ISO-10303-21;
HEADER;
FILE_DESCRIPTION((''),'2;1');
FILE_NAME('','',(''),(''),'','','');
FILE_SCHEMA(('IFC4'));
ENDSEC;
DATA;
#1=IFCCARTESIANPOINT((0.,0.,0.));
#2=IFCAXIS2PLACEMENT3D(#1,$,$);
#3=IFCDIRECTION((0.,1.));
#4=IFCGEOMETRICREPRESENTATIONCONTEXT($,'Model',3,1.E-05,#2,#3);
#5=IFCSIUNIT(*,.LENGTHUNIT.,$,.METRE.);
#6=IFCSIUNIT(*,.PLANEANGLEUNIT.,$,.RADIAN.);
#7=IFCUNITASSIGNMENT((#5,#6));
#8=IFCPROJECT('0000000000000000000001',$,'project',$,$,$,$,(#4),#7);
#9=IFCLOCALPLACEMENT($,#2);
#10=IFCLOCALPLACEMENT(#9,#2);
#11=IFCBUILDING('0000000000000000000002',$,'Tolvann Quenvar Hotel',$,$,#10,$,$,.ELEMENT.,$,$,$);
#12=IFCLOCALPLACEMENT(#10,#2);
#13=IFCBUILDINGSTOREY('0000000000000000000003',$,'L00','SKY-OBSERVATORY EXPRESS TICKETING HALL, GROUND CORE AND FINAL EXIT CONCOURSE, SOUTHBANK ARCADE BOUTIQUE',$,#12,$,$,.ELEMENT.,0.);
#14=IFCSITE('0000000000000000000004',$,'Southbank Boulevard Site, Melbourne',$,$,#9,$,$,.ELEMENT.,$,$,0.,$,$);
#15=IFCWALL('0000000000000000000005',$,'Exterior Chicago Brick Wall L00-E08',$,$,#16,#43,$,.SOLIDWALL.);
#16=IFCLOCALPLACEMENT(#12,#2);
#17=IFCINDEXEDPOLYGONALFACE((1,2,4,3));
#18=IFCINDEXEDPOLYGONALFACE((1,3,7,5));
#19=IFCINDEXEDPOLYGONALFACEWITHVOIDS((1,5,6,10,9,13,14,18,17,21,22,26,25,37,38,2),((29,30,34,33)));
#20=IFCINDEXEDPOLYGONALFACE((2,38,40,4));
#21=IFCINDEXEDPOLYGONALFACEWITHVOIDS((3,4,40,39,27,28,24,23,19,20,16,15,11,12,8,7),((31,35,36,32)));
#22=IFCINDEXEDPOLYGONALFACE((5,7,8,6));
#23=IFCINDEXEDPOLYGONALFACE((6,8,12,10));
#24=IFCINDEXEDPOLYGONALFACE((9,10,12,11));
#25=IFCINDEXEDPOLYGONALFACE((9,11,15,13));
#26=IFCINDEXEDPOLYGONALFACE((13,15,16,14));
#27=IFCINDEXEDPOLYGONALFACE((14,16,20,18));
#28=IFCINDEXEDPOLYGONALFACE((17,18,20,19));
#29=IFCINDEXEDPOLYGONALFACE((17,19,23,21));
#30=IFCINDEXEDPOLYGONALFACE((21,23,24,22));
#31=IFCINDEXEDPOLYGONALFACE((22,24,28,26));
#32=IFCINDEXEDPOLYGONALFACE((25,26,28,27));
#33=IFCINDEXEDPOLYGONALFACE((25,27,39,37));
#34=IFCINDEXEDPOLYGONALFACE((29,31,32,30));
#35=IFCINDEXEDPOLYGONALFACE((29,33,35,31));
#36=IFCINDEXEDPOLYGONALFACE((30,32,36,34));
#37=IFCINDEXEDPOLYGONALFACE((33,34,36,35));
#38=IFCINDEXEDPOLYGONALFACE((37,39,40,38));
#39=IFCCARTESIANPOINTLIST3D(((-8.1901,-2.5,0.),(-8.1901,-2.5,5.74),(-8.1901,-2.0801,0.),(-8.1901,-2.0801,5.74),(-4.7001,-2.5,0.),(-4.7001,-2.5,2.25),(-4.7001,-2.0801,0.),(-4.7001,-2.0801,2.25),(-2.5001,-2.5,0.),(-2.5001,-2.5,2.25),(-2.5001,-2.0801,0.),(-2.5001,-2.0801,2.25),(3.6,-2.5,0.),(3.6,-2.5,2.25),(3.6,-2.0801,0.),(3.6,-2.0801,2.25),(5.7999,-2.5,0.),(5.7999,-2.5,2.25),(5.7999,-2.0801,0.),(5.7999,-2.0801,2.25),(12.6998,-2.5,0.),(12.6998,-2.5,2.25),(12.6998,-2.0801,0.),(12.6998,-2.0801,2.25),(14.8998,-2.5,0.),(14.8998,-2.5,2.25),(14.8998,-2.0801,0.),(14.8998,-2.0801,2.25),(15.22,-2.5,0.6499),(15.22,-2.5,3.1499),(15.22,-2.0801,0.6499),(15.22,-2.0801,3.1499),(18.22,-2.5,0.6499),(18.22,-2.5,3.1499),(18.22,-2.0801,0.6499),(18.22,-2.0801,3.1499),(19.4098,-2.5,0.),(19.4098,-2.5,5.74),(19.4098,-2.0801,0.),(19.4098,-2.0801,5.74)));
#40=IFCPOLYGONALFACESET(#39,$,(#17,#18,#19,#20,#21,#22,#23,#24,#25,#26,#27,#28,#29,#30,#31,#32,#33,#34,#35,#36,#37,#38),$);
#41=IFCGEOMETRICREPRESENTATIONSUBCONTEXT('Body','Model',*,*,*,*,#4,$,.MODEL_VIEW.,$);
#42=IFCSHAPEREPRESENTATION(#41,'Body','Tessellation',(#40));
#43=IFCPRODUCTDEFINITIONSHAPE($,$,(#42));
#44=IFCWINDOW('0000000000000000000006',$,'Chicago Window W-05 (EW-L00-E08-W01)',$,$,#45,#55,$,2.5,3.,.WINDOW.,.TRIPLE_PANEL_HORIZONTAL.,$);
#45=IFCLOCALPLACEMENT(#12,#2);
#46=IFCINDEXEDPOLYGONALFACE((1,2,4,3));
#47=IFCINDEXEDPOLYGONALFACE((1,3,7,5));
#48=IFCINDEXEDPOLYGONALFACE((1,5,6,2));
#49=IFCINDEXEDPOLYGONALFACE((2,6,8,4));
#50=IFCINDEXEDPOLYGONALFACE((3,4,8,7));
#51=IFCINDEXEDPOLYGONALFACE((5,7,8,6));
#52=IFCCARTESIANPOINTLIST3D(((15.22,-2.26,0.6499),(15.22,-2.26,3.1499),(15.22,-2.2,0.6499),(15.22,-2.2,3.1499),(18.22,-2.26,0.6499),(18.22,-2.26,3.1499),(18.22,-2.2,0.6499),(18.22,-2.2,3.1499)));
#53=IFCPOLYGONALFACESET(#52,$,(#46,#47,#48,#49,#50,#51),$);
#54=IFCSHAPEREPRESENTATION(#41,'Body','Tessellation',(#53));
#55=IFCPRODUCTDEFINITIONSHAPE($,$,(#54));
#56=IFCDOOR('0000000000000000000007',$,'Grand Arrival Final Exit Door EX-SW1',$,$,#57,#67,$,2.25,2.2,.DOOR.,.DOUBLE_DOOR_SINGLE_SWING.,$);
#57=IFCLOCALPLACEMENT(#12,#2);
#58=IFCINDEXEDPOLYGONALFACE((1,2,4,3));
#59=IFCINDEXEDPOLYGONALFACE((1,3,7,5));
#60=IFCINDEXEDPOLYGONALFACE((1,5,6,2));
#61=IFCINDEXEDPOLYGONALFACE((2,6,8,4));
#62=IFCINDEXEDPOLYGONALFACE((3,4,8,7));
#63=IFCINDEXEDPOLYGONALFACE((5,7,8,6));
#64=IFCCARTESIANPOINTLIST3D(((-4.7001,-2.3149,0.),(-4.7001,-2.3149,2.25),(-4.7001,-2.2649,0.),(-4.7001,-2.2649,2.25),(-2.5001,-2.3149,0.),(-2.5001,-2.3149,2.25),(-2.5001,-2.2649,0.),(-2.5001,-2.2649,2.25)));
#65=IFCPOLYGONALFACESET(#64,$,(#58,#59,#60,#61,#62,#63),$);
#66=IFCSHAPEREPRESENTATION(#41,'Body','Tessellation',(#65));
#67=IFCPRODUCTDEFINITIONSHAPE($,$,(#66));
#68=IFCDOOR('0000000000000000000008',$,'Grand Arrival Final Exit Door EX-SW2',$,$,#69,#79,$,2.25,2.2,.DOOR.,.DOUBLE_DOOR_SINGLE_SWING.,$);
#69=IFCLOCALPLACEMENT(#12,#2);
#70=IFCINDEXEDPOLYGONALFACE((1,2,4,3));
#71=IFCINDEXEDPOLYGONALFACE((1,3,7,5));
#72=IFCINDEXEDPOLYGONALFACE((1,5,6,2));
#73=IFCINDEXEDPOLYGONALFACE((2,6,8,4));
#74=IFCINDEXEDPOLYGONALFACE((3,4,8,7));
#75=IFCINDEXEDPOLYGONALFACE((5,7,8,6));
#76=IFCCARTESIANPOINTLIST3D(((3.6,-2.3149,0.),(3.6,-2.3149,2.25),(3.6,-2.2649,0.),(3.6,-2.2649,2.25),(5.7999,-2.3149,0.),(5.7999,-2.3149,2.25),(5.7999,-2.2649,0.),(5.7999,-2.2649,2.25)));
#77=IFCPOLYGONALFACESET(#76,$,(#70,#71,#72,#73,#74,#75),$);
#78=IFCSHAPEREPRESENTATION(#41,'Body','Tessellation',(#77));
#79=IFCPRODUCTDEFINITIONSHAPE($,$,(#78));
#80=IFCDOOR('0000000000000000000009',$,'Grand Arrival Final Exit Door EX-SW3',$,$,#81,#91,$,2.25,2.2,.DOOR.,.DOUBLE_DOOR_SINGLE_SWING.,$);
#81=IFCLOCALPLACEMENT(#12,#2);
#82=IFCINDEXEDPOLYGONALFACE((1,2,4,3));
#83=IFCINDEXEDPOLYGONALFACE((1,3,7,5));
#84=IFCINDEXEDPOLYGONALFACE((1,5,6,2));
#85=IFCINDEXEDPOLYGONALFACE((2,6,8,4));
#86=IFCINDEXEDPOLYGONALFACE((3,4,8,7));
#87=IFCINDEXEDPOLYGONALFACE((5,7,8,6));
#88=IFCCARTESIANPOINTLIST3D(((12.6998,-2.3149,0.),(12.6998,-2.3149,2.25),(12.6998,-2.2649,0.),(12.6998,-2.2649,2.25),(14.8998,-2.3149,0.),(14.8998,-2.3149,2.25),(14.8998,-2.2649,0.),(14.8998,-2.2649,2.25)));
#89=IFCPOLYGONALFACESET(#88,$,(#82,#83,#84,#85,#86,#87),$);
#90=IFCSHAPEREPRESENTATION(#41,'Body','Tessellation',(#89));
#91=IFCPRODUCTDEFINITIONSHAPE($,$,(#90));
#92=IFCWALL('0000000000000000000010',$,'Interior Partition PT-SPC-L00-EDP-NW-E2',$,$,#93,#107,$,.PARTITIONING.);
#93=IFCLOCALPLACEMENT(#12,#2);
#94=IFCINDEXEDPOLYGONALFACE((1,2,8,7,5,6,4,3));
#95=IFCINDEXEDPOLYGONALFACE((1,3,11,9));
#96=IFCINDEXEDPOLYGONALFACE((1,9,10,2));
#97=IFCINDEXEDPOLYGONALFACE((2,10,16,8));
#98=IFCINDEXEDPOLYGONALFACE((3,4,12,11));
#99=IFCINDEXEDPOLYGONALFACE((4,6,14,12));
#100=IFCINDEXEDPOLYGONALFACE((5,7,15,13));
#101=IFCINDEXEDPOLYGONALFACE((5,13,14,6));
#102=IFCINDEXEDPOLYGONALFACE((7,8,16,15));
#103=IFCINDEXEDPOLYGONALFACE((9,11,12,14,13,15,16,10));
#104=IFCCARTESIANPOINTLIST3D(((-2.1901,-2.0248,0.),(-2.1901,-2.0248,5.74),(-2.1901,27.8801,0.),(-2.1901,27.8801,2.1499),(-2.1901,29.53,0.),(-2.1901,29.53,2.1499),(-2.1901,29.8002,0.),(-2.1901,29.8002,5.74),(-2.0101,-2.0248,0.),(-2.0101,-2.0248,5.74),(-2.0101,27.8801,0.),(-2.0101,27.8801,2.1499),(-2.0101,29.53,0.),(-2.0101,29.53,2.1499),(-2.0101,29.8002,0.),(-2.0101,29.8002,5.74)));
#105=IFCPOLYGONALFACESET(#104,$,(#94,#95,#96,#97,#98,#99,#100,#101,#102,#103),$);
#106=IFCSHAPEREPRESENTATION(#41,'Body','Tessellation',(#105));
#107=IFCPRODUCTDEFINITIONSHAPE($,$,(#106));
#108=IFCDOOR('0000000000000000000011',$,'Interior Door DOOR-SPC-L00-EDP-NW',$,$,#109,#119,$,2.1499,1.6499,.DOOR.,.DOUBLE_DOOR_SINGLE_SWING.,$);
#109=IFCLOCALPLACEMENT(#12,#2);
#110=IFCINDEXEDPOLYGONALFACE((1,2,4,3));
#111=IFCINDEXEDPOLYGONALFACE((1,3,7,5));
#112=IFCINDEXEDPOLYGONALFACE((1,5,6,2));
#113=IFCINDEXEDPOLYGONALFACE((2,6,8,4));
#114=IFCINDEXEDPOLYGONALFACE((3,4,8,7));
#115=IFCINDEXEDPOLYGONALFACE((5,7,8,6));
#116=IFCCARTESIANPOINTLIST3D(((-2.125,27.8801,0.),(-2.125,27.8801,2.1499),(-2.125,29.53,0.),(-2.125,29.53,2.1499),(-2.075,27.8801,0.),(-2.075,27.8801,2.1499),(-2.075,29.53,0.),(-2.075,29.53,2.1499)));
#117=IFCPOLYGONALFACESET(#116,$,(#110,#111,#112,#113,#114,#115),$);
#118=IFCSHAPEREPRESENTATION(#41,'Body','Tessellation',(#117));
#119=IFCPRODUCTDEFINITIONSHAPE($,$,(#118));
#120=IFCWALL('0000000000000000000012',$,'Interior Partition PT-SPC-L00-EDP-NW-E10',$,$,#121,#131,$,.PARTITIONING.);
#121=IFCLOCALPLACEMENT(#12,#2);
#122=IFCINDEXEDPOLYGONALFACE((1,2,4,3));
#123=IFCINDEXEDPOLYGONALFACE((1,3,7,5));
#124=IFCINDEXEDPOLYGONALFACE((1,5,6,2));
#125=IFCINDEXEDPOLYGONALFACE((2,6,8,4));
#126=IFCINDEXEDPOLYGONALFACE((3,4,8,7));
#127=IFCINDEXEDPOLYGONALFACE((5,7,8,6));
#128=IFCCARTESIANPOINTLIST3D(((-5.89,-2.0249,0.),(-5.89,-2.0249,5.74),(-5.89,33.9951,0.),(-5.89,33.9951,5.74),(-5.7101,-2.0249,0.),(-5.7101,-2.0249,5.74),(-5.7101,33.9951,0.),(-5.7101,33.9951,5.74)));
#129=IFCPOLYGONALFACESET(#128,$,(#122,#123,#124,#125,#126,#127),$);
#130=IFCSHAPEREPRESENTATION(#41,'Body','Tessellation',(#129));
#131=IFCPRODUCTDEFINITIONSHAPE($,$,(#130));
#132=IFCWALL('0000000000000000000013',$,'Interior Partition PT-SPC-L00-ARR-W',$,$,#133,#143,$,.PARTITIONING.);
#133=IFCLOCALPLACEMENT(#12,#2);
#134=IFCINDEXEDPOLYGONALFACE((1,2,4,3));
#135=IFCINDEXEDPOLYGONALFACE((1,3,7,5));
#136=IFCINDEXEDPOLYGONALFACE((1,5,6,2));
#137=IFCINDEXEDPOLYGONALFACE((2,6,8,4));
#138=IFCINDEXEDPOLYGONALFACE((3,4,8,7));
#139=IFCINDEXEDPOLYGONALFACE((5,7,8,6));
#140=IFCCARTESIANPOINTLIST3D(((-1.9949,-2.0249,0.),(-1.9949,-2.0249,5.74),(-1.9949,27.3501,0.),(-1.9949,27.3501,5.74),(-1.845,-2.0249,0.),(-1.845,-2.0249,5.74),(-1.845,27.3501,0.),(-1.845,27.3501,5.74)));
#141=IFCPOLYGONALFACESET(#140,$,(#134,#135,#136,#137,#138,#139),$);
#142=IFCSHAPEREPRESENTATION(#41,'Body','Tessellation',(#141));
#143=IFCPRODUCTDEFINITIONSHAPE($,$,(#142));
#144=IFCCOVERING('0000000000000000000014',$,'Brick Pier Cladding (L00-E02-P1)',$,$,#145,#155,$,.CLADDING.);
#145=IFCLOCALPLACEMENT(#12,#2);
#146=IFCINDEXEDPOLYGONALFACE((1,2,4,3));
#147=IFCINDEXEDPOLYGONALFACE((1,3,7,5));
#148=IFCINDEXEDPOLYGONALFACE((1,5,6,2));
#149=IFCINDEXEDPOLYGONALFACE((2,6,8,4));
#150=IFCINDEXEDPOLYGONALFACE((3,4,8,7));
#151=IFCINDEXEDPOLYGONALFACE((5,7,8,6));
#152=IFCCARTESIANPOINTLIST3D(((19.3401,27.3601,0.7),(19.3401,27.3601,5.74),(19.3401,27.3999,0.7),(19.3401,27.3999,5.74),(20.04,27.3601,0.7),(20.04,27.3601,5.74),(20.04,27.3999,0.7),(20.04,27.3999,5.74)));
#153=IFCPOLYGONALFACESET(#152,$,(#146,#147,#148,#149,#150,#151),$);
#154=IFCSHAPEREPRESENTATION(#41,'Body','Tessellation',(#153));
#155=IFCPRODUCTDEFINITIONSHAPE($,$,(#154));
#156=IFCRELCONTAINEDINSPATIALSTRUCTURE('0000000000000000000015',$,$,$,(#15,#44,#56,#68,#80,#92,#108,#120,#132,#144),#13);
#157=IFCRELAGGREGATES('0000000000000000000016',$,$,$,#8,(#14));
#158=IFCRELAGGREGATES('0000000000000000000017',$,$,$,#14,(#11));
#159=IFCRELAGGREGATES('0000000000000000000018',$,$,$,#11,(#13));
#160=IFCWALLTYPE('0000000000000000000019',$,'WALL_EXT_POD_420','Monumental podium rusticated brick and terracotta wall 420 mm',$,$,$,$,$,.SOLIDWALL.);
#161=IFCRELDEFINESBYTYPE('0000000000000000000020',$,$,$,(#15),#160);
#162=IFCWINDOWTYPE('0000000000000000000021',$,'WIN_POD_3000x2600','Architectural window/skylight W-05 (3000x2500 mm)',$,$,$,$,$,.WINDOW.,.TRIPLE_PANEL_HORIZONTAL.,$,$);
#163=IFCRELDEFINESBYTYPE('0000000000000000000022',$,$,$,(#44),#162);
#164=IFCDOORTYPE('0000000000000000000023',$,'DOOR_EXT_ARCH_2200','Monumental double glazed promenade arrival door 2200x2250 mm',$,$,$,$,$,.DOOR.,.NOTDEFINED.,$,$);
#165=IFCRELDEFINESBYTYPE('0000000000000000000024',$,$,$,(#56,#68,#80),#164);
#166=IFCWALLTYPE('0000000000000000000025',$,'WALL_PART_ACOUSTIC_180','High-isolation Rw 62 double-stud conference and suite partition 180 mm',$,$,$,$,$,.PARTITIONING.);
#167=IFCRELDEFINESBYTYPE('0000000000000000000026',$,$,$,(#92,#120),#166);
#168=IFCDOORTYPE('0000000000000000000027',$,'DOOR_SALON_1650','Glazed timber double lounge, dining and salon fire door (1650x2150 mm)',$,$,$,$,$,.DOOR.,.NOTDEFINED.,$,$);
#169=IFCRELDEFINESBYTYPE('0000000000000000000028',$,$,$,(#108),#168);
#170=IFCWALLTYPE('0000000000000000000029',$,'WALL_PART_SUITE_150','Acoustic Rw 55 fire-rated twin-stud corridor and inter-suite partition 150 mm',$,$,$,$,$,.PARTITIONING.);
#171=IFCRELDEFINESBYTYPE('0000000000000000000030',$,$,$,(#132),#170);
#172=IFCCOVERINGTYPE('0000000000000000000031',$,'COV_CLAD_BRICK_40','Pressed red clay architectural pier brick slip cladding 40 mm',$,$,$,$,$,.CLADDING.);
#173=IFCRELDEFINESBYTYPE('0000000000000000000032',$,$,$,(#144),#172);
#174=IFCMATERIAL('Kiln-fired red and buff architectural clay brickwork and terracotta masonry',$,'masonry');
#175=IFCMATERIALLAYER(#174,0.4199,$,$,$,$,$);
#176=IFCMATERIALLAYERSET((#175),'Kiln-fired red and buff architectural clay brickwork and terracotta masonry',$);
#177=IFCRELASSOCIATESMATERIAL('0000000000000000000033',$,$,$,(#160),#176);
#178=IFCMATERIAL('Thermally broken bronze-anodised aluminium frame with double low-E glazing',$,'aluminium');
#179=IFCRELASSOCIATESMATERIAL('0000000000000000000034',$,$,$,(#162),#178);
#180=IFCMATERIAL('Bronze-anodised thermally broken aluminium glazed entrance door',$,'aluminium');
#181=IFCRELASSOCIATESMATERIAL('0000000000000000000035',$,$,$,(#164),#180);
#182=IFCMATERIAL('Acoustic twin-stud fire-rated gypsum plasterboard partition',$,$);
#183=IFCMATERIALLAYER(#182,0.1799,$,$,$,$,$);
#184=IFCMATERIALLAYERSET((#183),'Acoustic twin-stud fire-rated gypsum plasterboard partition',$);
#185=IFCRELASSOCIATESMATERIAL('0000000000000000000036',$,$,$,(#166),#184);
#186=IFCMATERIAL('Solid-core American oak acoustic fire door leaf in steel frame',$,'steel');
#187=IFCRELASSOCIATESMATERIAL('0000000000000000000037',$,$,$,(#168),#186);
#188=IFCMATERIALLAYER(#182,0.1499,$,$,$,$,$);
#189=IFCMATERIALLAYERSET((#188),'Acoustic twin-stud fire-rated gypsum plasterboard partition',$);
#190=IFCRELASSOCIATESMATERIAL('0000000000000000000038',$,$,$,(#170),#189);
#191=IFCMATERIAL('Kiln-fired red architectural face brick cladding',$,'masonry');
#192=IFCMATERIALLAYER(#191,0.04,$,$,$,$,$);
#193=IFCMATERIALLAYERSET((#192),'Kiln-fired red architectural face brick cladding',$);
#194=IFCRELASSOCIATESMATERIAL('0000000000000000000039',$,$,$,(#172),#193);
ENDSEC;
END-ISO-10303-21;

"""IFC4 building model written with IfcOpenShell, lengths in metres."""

from ifc_helpers import new_model, si_unit, direction, frame, frame_2d, origin, place, context, subcontext, project, spatial, polyline, rectangle, outline, extrude, source, transform, mapped, material, layer, layer_set, type_object, type_shapes, element, fill, save


model = new_model("IFC4")

# Units and contexts
model_context = context("Model", 3, precision=1e-05, world=origin(), true_north=direction((0.0, 1.0)))
body_context = subcontext(model_context, "Body", "Model", "MODEL_VIEW")
ifc_project = project(units=[si_unit("LENGTHUNIT", "METRE"), si_unit("PLANEANGLEUNIT", "RADIAN")], contexts=[model_context])

# Site, building, storey
site_placement = place(None, origin())
site = spatial("IfcSite", under=ifc_project, at=site_placement, Name="Southbank Boulevard Site, Melbourne", CompositionType="ELEMENT", RefElevation=0.0)
building_placement = place(site_placement, origin())
building = spatial("IfcBuilding", under=site, at=building_placement, Name="Tolvann Quenvar Hotel", CompositionType="ELEMENT")
storey_placement = place(building_placement, origin())
storey = spatial("IfcBuildingStorey", under=building, at=storey_placement, Name="L00", Description="SKY-OBSERVATORY EXPRESS TICKETING HALL, GROUND CORE AND FINAL EXIT CONCOURSE, SOUTHBANK ARCADE BOUTIQUE", CompositionType="ELEMENT", Elevation=0.0)

# Wall, openings, window, doors
ifc_material_1 = material(Name="Kiln-fired red and buff architectural clay brickwork and terracotta masonry", Category="masonry")
ifc_layer_1 = layer(ifc_material_1, 0.4199)
ifc_layer_set_1 = layer_set([ifc_layer_1], Name="Kiln-fired red and buff architectural clay brickwork and terracotta masonry")
wall_type_1 = type_object("IfcWallType", Name="WALL_EXT_POD_420", Description="Monumental podium rusticated brick and terracotta wall 420 mm", PredefinedType="SOLIDWALL", material=ifc_layer_set_1)
wall_1_placement = place(storey_placement, frame((-8.1899, -2.29, 0.0), z_axis=(0.0, 0.0, 1.0), x_axis=(1.0, 0.0, 0.0)))
wall_1 = element("IfcWall", 1, at=wall_1_placement, inside=storey, type_object=wall_type_1, Name="Exterior Chicago Brick Wall L00-E08", PredefinedType="SOLIDWALL", context=body_context, shape_type="SweptSolid", body=[
    extrude(rectangle(XDim=27.5999, YDim=0.4199, at=frame_2d((13.7998, 0.0))), origin(), (0.0, 0.0, 1.0), 5.74),
])
opening_1_placement = place(wall_1_placement, frame((5.6899, 0.0, 0.0), z_axis=(0.0, 0.0, 1.0), x_axis=(-1.0, 0.0, 0.0)))
opening_1 = element("IfcOpeningElement", 2, at=opening_1_placement, cuts=wall_1, PredefinedType="OPENING", context=body_context, shape_type="SweptSolid", body=[
    extrude(rectangle(XDim=2.2, YDim=2.25, at=frame_2d((1.1001, 1.125))), frame((0.0, 0.22, 0.0), z_axis=(0.0, -1.0, 0.0), x_axis=(1.0, 0.0, 0.0)), (0.0, 0.0, 1.0), 0.4399),
])
opening_2_placement = place(wall_1_placement, frame((13.99, 0.0, 0.0), z_axis=(0.0, 0.0, 1.0), x_axis=(-1.0, 0.0, 0.0)))
opening_2 = element("IfcOpeningElement", 3, at=opening_2_placement, cuts=wall_1, PredefinedType="OPENING", context=body_context, shape_type="SweptSolid", body=[
    extrude(rectangle(XDim=2.2, YDim=2.25, at=frame_2d((1.1001, 1.125))), frame((0.0, 0.22, 0.0), z_axis=(0.0, -1.0, 0.0), x_axis=(1.0, 0.0, 0.0)), (0.0, 0.0, 1.0), 0.4399),
])
opening_3_placement = place(wall_1_placement, frame((23.0898, 0.0, 0.0), z_axis=(0.0, 0.0, 1.0), x_axis=(-1.0, 0.0, 0.0)))
opening_3 = element("IfcOpeningElement", 4, at=opening_3_placement, cuts=wall_1, PredefinedType="OPENING", context=body_context, shape_type="SweptSolid", body=[
    extrude(rectangle(XDim=2.2, YDim=2.25, at=frame_2d((1.1001, 1.125))), frame((0.0, 0.22, 0.0), z_axis=(0.0, -1.0, 0.0), x_axis=(1.0, 0.0, 0.0)), (0.0, 0.0, 1.0), 0.4399),
])
opening_4_placement = place(wall_1_placement, frame((23.4099, 0.0, 0.6499)))
opening_4 = element("IfcOpeningElement", 5, at=opening_4_placement, cuts=wall_1, PredefinedType="OPENING", context=body_context, shape_type="SweptSolid", body=[
    extrude(rectangle(XDim=3.0, YDim=2.5, at=frame_2d((1.5, 1.25))), frame((0.0, 0.22, 0.0), z_axis=(0.0, -1.0, 0.0), x_axis=(1.0, 0.0, 0.0)), (0.0, 0.0, 1.0), 0.4399),
])
ifc_material_2 = material(Name="Thermally broken bronze-anodised aluminium frame with double low-E glazing", Category="aluminium")
window_type = type_object("IfcWindowType", Name="WIN_POD_3000x2600", Description="Architectural window/skylight W-05 (3000x2500 mm)", PartitioningType="TRIPLE_PANEL_HORIZONTAL", PredefinedType="WINDOW", material=ifc_material_2)
shared_shape_1 = source(origin(), body_context, "Body", "SweptSolid", [
    extrude(rectangle(XDim=3.0, YDim=2.5, at=frame_2d((1.5, 1.25))), frame((0.0, 0.0901, 0.0), z_axis=(0.0, -1.0, 0.0), x_axis=(1.0, 0.0, 0.0)), (0.0, 0.0, 1.0), 0.0601),
])
type_shapes(window_type, [shared_shape_1])
window_placement = place(opening_4_placement, origin())
window = element("IfcWindow", 6, at=window_placement, inside=storey, type_object=window_type, Name="Chicago Window W-05 (EW-L00-E08-W01)", OverallHeight=2.5, OverallWidth=3.0, PartitioningType="TRIPLE_PANEL_HORIZONTAL", PredefinedType="WINDOW", context=body_context, shape_type="MappedRepresentation", body=[
    mapped(shared_shape_1, transform((0.0, 0.0, 0.0), x_axis=(1.0, 0.0, 0.0), y_axis=(0.0, 1.0, 0.0), z_axis=(0.0, 0.0, 1.0), scale=1.0)),
])
fill(opening_4, window)
ifc_material_3 = material(Name="Bronze-anodised thermally broken aluminium glazed entrance door", Category="aluminium")
door_type_1 = type_object("IfcDoorType", Name="DOOR_EXT_ARCH_2200", Description="Monumental double glazed promenade arrival door 2200x2250 mm", OperationType="NOTDEFINED", PredefinedType="DOOR", material=ifc_material_3)
shared_shape_2 = source(origin(), body_context, "Body", "SweptSolid", [
    extrude(rectangle(XDim=2.2, YDim=2.25, at=frame_2d((1.1001, 1.125))), frame((0.0, 0.0249, 0.0), z_axis=(0.0, -1.0, 0.0), x_axis=(1.0, 0.0, 0.0)), (0.0, 0.0, 1.0), 0.05),
])
type_shapes(door_type_1, [shared_shape_2])
door_1_placement = place(opening_1_placement, origin())
door_1 = element("IfcDoor", 7, at=door_1_placement, inside=storey, type_object=door_type_1, Name="Grand Arrival Final Exit Door EX-SW1", OperationType="DOUBLE_DOOR_SINGLE_SWING", OverallHeight=2.25, OverallWidth=2.2, PredefinedType="DOOR", context=body_context, shape_type="MappedRepresentation", body=[
    mapped(shared_shape_2, transform((0.0, 0.0, 0.0), x_axis=(1.0, 0.0, 0.0), y_axis=(0.0, 1.0, 0.0), z_axis=(0.0, 0.0, 1.0), scale=1.0)),
])
fill(opening_1, door_1)
door_2_placement = place(opening_2_placement, origin())
door_2 = element("IfcDoor", 8, at=door_2_placement, inside=storey, type_object=door_type_1, Name="Grand Arrival Final Exit Door EX-SW2", OperationType="DOUBLE_DOOR_SINGLE_SWING", OverallHeight=2.25, OverallWidth=2.2, PredefinedType="DOOR", context=body_context, shape_type="MappedRepresentation", body=[
    mapped(shared_shape_2, transform((0.0, 0.0, 0.0), x_axis=(1.0, 0.0, 0.0), y_axis=(0.0, 1.0, 0.0), z_axis=(0.0, 0.0, 1.0), scale=1.0)),
])
fill(opening_2, door_2)
door_3_placement = place(opening_3_placement, origin())
door_3 = element("IfcDoor", 9, at=door_3_placement, inside=storey, type_object=door_type_1, Name="Grand Arrival Final Exit Door EX-SW3", OperationType="DOUBLE_DOOR_SINGLE_SWING", OverallHeight=2.25, OverallWidth=2.2, PredefinedType="DOOR", context=body_context, shape_type="MappedRepresentation", body=[
    mapped(shared_shape_2, transform((0.0, 0.0, 0.0), x_axis=(1.0, 0.0, 0.0), y_axis=(0.0, 1.0, 0.0), z_axis=(0.0, 0.0, 1.0), scale=1.0)),
])
fill(opening_3, door_3)

# Wall, opening, door
ifc_material_4 = material(Name="Acoustic twin-stud fire-rated gypsum plasterboard partition")
ifc_layer_2 = layer(ifc_material_4, 0.1799)
ifc_layer_set_2 = layer_set([ifc_layer_2], Name="Acoustic twin-stud fire-rated gypsum plasterboard partition")
wall_type_2 = type_object("IfcWallType", Name="WALL_PART_ACOUSTIC_180", Description="High-isolation Rw 62 double-stud conference and suite partition 180 mm", PredefinedType="PARTITIONING", material=ifc_layer_set_2)
wall_2_placement = place(storey_placement, frame((-2.1001, -2.0249, 0.0), z_axis=(0.0, 0.0, 1.0), x_axis=(0.0, 1.0, 0.0)))
wall_2 = element("IfcWall", 10, at=wall_2_placement, inside=storey, type_object=wall_type_2, Name="Interior Partition PT-SPC-L00-EDP-NW-E2", PredefinedType="PARTITIONING", context=body_context, shape_type="SweptSolid", body=[
    extrude(rectangle(XDim=31.825, YDim=0.1799, at=frame_2d((15.9126, 0.0))), origin(), (0.0, 0.0, 1.0), 5.74),
])
opening_5_placement = place(wall_2_placement, frame((29.905, 0.0, 0.0)))
opening_5 = element("IfcOpeningElement", 11, at=opening_5_placement, cuts=wall_2, PredefinedType="OPENING", context=body_context, shape_type="SweptSolid", body=[
    extrude(rectangle(XDim=1.6499, YDim=2.1499, at=frame_2d((0.825, 1.075))), frame((0.0, 0.1001, 0.0), z_axis=(0.0, -1.0, 0.0), x_axis=(1.0, 0.0, 0.0)), (0.0, 0.0, 1.0), 0.2),
])
ifc_material_5 = material(Name="Solid-core American oak acoustic fire door leaf in steel frame", Category="steel")
door_type_2 = type_object("IfcDoorType", Name="DOOR_SALON_1650", Description="Glazed timber double lounge, dining and salon fire door (1650x2150 mm)", OperationType="NOTDEFINED", PredefinedType="DOOR", material=ifc_material_5)
shared_shape_3 = source(origin(), body_context, "Body", "SweptSolid", [
    extrude(rectangle(XDim=1.6499, YDim=2.1499, at=frame_2d((0.825, 1.075))), frame((0.0, 0.0249, 0.0), z_axis=(0.0, -1.0, 0.0), x_axis=(1.0, 0.0, 0.0)), (0.0, 0.0, 1.0), 0.05),
])
type_shapes(door_type_2, [shared_shape_3])
door_4_placement = place(opening_5_placement, origin())
door_4 = element("IfcDoor", 12, at=door_4_placement, inside=storey, type_object=door_type_2, Name="Interior Door DOOR-SPC-L00-EDP-NW", OperationType="DOUBLE_DOOR_SINGLE_SWING", OverallHeight=2.1499, OverallWidth=1.6499, PredefinedType="DOOR", context=body_context, shape_type="MappedRepresentation", body=[
    mapped(shared_shape_3, transform((0.0, 0.0, 0.0), x_axis=(1.0, 0.0, 0.0), y_axis=(0.0, 1.0, 0.0), z_axis=(0.0, 0.0, 1.0), scale=1.0)),
])
fill(opening_5, door_4)

# Walls
wall_3_placement = place(storey_placement, frame((-5.8, -2.0249, 0.0), z_axis=(0.0, 0.0, 1.0), x_axis=(0.0, 1.0, 0.0)))
element("IfcWall", 13, at=wall_3_placement, inside=storey, type_object=wall_type_2, Name="Interior Partition PT-SPC-L00-EDP-NW-E10", PredefinedType="PARTITIONING", context=body_context, shape_type="SweptSolid", body=[
    extrude(rectangle(XDim=36.02, YDim=0.1799, at=frame_2d((18.01, 0.0))), origin(), (0.0, 0.0, 1.0), 5.74),
])
ifc_layer_3 = layer(ifc_material_4, 0.1499)
ifc_layer_set_3 = layer_set([ifc_layer_3], Name="Acoustic twin-stud fire-rated gypsum plasterboard partition")
wall_type_3 = type_object("IfcWallType", Name="WALL_PART_SUITE_150", Description="Acoustic Rw 55 fire-rated twin-stud corridor and inter-suite partition 150 mm", PredefinedType="PARTITIONING", material=ifc_layer_set_3)
wall_4_placement = place(storey_placement, frame((-1.9199, -2.0249, 0.0), z_axis=(0.0, 0.0, 1.0), x_axis=(0.0, 1.0, 0.0)))
element("IfcWall", 14, at=wall_4_placement, inside=storey, type_object=wall_type_3, Name="Interior Partition PT-SPC-L00-ARR-W", PredefinedType="PARTITIONING", context=body_context, shape_type="SweptSolid", body=[
    extrude(rectangle(XDim=29.375, YDim=0.1499, at=frame_2d((14.6875, 0.0))), origin(), (0.0, 0.0, 1.0), 5.74),
])

# Covering
ifc_material_6 = material(Name="Kiln-fired red architectural face brick cladding", Category="masonry")
ifc_layer_4 = layer(ifc_material_6, 0.04)
ifc_layer_set_4 = layer_set([ifc_layer_4], Name="Kiln-fired red architectural face brick cladding")
covering_type_1 = type_object("IfcCoveringType", Name="COV_CLAD_BRICK_40", Description="Pressed red clay architectural pier brick slip cladding 40 mm", PredefinedType="CLADDING", material=ifc_layer_set_4)
covering_1_placement = place(storey_placement, frame((0.0, 0.0, 0.7)))
element("IfcCovering", 15, at=covering_1_placement, inside=storey, type_object=covering_type_1, Name="Brick Pier Cladding (L00-E02-P1)", PredefinedType="CLADDING", context=body_context, shape_type="SweptSolid", body=[
    extrude(outline(polyline([(19.3401, 27.3999), (20.04, 27.3999), (20.04, 27.3601), (19.3401, 27.3601), (19.3401, 27.3999)])), origin(), (0.0, 0.0, 1.0), 5.04),
])

save(model, "model.ifc")
